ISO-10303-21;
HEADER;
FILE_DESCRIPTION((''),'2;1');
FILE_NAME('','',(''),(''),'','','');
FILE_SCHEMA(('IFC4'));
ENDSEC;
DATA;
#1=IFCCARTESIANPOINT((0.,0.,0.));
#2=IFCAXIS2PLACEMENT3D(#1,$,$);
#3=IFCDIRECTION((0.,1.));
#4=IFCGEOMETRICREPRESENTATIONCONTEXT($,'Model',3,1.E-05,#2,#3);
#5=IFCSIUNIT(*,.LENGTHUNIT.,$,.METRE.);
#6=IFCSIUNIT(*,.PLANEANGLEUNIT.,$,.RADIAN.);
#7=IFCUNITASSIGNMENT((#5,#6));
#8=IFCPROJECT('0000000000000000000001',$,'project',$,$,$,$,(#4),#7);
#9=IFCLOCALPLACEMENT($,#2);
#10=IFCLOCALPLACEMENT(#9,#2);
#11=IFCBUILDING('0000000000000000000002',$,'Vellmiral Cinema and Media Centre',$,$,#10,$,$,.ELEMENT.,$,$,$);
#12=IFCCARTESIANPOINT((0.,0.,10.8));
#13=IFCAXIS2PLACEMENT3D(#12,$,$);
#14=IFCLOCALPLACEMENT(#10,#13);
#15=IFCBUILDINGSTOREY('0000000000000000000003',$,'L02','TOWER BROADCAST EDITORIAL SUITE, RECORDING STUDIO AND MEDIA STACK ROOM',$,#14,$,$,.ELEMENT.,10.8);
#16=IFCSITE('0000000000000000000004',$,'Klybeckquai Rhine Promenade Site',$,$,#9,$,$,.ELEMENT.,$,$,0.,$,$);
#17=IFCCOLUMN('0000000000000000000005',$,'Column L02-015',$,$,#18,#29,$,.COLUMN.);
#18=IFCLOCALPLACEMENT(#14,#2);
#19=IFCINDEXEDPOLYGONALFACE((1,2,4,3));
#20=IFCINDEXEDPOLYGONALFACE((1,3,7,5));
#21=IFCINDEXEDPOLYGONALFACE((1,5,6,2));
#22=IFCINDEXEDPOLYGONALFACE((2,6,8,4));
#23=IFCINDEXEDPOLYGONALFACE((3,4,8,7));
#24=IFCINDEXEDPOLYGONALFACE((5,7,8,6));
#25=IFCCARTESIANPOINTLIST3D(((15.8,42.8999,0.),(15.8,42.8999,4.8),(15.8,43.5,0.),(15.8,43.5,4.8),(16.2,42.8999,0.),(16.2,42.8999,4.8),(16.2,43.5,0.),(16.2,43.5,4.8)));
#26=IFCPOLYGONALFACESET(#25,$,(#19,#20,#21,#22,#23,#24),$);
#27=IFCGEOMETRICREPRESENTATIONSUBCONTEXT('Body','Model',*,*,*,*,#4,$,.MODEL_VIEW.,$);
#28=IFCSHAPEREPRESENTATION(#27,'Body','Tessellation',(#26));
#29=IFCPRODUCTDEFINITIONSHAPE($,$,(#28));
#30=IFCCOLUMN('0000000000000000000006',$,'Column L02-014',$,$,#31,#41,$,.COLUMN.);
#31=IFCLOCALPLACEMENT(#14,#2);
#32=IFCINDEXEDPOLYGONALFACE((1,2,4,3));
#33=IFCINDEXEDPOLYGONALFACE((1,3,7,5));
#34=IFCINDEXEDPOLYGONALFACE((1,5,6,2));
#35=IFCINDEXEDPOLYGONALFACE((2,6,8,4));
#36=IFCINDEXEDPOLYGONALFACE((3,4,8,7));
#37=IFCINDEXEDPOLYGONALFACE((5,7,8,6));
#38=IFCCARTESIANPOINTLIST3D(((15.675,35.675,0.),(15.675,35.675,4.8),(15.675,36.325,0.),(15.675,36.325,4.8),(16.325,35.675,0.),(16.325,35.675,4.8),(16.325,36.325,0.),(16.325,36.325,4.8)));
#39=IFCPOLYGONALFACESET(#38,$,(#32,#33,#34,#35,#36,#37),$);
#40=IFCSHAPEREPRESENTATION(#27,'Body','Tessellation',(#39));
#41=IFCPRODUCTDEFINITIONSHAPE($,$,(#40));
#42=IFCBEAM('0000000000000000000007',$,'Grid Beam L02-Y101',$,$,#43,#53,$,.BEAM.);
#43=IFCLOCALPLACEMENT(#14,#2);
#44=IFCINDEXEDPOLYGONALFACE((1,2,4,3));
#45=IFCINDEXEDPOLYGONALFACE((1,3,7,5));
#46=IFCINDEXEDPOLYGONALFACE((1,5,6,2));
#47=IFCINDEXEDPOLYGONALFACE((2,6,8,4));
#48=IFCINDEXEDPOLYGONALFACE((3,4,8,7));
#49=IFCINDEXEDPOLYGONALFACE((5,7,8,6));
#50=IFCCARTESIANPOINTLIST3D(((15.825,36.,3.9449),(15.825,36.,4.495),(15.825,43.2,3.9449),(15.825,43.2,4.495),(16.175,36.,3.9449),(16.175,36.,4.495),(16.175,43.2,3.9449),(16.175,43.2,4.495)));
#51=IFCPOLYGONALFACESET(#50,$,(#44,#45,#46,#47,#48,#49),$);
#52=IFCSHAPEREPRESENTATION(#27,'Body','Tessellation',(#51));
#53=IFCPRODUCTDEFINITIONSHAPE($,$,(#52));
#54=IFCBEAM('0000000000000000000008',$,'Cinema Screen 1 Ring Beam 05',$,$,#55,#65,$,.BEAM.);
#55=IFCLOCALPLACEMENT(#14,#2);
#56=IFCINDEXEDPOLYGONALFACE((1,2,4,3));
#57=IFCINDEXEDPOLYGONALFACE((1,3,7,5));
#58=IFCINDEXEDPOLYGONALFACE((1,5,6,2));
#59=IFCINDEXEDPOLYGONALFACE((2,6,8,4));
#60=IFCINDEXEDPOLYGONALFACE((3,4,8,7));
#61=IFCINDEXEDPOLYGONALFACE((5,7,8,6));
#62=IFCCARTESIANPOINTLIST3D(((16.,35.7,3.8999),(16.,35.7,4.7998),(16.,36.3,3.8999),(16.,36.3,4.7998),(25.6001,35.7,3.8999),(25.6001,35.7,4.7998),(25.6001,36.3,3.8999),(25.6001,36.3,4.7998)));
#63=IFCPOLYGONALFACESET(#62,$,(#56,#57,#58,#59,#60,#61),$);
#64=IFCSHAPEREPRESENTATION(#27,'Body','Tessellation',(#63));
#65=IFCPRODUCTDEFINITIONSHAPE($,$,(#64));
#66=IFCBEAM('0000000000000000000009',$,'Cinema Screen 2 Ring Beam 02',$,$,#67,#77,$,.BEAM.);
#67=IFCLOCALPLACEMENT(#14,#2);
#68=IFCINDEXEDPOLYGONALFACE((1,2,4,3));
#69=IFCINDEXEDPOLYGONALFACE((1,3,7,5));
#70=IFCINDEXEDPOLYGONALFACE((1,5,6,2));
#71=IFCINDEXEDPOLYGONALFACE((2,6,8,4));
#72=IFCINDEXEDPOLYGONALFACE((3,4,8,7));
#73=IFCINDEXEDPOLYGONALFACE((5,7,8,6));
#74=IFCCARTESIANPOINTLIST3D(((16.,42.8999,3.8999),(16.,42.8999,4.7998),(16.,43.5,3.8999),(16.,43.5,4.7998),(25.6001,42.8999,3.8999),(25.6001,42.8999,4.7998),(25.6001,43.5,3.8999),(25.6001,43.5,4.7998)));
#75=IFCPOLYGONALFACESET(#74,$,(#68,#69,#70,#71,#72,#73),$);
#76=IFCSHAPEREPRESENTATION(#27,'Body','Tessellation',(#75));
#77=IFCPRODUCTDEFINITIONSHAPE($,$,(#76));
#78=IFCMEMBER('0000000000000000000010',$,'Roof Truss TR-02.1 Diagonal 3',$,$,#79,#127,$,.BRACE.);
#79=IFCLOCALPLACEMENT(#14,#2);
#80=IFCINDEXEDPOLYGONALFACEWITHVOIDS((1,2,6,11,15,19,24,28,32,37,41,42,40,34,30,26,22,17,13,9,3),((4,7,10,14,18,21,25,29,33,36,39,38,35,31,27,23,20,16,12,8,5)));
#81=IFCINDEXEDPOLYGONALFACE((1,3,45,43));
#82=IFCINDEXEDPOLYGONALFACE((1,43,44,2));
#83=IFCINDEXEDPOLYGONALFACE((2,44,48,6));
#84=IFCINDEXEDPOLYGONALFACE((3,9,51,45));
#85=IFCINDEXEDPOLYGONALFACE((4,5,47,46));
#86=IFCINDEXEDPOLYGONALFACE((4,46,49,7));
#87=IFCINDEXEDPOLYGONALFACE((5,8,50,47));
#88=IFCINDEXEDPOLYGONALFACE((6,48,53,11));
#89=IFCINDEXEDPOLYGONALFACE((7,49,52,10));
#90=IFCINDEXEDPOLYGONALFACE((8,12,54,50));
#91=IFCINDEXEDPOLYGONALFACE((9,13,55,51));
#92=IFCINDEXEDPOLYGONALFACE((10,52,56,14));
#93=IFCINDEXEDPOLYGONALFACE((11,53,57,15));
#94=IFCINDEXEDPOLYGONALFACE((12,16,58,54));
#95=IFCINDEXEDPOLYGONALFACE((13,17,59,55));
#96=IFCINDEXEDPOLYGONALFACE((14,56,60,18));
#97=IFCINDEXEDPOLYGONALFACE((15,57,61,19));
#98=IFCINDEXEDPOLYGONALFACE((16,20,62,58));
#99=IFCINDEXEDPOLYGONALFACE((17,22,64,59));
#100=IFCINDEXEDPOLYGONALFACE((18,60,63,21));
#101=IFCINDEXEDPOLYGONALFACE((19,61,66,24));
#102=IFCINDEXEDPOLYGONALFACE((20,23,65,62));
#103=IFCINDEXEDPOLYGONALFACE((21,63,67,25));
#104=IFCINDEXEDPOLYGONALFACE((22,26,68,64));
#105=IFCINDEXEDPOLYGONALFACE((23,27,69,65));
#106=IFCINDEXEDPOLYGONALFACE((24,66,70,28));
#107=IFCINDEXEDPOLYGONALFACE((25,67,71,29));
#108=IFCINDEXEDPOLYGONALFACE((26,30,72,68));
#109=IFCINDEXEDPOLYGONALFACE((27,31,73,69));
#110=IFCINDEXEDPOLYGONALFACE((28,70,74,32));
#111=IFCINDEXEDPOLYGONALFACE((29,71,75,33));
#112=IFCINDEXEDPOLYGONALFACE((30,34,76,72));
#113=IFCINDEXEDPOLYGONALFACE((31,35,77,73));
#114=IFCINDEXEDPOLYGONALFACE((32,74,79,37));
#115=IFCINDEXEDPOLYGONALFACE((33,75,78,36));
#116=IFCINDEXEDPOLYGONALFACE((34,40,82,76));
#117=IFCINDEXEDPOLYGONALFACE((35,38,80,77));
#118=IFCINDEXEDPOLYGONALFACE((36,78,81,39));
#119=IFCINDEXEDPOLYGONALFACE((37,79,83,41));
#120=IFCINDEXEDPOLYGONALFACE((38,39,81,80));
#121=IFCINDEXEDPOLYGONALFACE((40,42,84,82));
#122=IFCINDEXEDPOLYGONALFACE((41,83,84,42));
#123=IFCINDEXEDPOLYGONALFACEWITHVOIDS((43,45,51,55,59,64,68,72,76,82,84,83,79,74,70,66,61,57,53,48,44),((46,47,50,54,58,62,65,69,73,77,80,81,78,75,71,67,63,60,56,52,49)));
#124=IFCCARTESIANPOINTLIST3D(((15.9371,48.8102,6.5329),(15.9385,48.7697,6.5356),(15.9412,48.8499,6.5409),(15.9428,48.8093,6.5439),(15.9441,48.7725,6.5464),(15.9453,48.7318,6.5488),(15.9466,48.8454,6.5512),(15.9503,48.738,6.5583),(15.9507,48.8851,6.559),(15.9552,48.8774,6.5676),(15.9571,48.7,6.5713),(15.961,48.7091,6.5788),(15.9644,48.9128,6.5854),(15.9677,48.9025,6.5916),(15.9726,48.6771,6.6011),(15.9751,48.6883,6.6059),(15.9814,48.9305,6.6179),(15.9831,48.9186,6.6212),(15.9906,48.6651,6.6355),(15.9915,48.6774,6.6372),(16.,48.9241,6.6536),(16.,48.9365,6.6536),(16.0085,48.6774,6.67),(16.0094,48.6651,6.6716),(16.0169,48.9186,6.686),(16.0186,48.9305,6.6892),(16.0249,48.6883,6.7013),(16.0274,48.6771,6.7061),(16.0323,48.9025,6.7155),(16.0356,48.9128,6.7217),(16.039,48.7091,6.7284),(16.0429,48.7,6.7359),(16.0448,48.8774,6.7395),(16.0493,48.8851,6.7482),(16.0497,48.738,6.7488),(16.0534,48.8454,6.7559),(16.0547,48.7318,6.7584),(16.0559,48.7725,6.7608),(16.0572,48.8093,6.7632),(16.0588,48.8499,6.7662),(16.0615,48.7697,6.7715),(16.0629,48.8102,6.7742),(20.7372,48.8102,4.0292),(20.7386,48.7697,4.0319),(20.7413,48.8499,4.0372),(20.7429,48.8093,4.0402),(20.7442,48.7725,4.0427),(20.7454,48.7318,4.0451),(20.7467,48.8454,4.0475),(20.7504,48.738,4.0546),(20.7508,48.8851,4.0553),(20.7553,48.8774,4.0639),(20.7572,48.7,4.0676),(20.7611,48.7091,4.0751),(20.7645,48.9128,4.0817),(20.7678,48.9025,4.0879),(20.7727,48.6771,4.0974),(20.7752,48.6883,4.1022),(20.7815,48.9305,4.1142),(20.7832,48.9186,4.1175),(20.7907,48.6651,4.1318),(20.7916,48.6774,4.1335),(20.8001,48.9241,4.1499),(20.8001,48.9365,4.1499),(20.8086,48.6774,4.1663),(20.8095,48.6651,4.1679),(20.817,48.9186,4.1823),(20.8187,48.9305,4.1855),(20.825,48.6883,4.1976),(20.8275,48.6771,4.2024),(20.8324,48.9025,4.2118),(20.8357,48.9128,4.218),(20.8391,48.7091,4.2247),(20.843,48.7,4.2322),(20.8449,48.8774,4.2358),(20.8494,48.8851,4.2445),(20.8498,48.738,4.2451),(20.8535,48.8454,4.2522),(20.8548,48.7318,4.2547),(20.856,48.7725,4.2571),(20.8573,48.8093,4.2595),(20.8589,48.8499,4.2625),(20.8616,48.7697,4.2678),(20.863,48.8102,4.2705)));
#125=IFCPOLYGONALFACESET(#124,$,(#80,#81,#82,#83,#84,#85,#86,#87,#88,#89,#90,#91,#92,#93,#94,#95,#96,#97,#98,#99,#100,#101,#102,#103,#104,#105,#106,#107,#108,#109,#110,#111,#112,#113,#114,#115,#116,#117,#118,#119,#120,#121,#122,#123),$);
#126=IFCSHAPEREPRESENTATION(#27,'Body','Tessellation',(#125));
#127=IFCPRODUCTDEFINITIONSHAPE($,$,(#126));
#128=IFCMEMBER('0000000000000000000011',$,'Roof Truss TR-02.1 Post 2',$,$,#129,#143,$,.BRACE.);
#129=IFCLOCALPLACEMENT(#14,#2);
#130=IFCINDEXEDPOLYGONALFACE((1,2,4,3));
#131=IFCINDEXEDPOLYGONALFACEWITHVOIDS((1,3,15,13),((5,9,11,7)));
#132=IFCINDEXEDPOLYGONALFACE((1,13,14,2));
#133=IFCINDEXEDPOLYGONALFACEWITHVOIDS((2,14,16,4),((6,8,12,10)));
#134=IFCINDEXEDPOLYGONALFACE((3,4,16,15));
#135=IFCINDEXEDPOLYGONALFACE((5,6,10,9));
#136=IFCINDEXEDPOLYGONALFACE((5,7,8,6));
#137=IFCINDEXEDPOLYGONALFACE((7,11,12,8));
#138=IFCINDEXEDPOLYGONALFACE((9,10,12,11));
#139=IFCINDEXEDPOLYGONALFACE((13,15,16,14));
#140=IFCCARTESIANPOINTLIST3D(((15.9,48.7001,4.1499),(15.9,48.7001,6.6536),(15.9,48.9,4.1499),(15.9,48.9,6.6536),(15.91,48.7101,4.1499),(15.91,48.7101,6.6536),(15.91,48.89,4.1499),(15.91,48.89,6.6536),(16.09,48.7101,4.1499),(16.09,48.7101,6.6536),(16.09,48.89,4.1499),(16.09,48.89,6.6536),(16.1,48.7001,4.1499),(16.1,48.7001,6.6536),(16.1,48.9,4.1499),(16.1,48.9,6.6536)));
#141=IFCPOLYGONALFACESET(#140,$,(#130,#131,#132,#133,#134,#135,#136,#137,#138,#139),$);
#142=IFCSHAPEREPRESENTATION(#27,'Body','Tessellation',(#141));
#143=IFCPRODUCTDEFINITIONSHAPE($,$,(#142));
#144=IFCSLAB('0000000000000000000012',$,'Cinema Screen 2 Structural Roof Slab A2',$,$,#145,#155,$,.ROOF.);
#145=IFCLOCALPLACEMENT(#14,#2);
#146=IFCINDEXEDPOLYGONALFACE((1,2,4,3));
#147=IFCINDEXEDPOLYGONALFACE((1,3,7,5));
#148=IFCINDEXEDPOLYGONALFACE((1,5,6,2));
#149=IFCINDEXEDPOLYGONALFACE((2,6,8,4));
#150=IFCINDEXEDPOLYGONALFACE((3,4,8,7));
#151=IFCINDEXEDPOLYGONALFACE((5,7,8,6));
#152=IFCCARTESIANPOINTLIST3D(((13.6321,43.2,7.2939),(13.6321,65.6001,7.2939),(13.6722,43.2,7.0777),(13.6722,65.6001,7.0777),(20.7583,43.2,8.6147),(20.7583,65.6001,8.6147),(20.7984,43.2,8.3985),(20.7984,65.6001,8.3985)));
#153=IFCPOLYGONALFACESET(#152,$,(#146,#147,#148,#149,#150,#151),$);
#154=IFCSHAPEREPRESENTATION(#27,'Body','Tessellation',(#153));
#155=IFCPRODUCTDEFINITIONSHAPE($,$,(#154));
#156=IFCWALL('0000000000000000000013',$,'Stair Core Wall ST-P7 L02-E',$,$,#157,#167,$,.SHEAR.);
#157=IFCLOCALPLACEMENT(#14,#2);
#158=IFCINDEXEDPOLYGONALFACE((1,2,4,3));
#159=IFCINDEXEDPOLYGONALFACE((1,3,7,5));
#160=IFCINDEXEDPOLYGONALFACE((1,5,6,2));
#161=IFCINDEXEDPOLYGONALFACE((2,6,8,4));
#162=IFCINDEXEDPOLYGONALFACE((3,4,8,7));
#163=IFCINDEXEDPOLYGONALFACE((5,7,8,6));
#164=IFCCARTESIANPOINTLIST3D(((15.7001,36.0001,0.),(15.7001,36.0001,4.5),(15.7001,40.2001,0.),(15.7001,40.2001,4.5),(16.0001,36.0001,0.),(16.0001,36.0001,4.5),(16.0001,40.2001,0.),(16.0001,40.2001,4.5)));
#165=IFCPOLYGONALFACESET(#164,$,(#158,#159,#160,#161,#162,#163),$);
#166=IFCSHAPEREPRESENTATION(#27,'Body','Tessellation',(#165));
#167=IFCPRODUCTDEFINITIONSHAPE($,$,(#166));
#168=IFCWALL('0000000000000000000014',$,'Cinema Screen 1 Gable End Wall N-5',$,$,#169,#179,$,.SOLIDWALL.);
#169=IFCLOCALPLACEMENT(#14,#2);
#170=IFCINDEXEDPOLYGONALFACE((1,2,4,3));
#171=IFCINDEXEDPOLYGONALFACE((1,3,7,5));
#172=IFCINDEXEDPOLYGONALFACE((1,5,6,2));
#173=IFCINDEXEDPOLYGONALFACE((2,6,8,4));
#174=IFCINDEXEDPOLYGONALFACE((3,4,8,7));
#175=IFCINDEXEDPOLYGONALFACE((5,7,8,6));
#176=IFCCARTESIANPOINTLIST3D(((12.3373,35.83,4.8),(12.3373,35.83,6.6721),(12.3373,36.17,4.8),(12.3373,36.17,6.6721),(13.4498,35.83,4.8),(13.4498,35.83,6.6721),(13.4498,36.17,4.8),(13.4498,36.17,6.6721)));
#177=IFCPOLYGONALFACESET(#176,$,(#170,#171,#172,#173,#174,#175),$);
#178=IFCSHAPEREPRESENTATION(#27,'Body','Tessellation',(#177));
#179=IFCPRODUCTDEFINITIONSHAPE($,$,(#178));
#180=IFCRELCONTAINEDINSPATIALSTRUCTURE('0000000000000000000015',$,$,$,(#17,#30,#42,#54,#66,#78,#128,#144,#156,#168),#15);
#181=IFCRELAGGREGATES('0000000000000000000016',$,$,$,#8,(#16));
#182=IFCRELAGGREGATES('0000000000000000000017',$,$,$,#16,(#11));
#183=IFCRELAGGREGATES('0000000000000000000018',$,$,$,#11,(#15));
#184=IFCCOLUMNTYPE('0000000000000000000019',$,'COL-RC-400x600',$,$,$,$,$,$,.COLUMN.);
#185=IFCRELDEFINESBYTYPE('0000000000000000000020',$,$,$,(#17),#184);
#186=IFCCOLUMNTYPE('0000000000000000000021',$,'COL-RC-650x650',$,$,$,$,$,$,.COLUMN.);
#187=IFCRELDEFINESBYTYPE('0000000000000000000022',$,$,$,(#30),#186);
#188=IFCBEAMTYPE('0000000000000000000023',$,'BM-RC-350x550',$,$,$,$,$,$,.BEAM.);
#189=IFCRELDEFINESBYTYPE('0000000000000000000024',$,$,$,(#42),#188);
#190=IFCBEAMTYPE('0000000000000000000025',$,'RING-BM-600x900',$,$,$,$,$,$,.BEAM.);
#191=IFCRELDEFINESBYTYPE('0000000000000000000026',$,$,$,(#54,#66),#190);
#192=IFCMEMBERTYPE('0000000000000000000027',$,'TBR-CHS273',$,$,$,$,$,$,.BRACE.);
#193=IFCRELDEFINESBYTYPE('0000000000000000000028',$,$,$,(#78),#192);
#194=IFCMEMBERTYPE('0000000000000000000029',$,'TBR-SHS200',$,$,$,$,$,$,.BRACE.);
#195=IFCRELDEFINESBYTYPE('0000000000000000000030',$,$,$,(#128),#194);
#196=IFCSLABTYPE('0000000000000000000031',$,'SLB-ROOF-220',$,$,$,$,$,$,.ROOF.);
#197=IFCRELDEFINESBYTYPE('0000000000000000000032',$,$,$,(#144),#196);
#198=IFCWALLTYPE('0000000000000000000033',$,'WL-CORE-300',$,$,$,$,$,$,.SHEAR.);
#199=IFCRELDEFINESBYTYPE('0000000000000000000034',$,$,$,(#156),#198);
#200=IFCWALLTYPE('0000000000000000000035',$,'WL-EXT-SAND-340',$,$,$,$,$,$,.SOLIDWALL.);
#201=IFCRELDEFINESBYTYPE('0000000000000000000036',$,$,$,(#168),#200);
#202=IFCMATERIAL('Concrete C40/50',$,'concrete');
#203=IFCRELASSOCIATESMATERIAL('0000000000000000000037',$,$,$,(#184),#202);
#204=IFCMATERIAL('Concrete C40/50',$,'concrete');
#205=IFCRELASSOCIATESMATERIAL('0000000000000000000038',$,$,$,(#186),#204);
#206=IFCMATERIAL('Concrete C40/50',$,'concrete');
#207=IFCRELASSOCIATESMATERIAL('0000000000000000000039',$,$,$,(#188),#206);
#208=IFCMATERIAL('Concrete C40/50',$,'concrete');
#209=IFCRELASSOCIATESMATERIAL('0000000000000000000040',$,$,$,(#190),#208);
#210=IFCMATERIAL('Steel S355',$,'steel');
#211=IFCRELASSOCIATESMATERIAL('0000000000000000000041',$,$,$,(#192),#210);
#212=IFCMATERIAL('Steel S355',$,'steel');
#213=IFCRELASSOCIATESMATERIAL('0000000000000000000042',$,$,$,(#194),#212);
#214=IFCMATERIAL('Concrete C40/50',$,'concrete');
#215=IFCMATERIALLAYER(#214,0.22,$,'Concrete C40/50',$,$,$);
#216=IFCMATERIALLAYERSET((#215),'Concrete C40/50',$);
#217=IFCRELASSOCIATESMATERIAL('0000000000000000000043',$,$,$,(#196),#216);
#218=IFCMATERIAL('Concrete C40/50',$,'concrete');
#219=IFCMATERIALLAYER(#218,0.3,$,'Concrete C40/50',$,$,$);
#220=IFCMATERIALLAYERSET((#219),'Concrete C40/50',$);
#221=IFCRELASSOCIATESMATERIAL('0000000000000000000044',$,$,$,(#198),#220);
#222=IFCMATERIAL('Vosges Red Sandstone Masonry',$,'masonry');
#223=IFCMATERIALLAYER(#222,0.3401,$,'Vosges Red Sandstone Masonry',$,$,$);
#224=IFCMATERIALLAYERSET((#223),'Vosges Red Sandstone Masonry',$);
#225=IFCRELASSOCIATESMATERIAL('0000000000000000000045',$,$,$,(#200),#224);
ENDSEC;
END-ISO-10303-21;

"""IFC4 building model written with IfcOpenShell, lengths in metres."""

from ifc_helpers import new_model, si_unit, direction, frame, frame_2d, origin, origin_2d, place, context, subcontext, project, spatial, polyline, rectangle, hollow_rectangle, hollow_circle, outline, extrude, material, layer, layer_set, material_profile, profile_set, type_object, element, save


model = new_model("IFC4")

# Units and contexts
model_context = context("Model", 3, precision=1e-05, world=origin(), true_north=direction((0.0, 1.0)))
body_context = subcontext(model_context, "Body", "Model", "MODEL_VIEW")
ifc_project = project(units=[si_unit("LENGTHUNIT", "METRE"), si_unit("PLANEANGLEUNIT", "RADIAN")], contexts=[model_context])

# Site, building, storey
site_placement = place(None, origin())
site = spatial("IfcSite", under=ifc_project, at=site_placement, Name="Klybeckquai Rhine Promenade Site", CompositionType="ELEMENT", RefElevation=0.0)
building_placement = place(site_placement, origin())
building = spatial("IfcBuilding", under=site, at=building_placement, Name="Vellmiral Cinema and Media Centre", CompositionType="ELEMENT")
storey_placement = place(building_placement, frame((0.0, 0.0, 10.8)))
storey = spatial("IfcBuildingStorey", under=building, at=storey_placement, Name="L02", Description="TOWER BROADCAST EDITORIAL SUITE, RECORDING STUDIO AND MEDIA STACK ROOM", CompositionType="ELEMENT", Elevation=10.8)

# Columns
ifc_material_1 = material(Name="Concrete C40/50", Category="concrete")
ifc_material_profile_1 = material_profile(ifc_material_1, rectangle(XDim=0.3999, YDim=0.6001, at=origin_2d()), Name="RC 400x600")
ifc_profile_set_1 = profile_set([ifc_material_profile_1], Name="Concrete C40/50")
column_type_1 = type_object("IfcColumnType", Name="COL-RC-400x600", PredefinedType="COLUMN", material=ifc_profile_set_1)
column_1_placement = place(storey_placement, frame((16.0, 43.2, 0.0), z_axis=(0.0, 0.0, 1.0), x_axis=(1.0, 0.0, 0.0)))
element("IfcColumn", 1, at=column_1_placement, inside=storey, type_object=column_type_1, Name="Column L02-015", PredefinedType="COLUMN", context=body_context, shape_type="SweptSolid", body=[
    extrude(rectangle(XDim=0.3999, YDim=0.6001, at=origin_2d()), origin(), (0.0, 0.0, 1.0), 4.8),
])
ifc_material_2 = material(Name="Concrete C40/50", Category="concrete")
ifc_material_profile_2 = material_profile(ifc_material_2, rectangle(XDim=0.6499, YDim=0.6499, at=origin_2d()), Name="RC 650x650")
ifc_profile_set_2 = profile_set([ifc_material_profile_2], Name="Concrete C40/50")
column_type_2 = type_object("IfcColumnType", Name="COL-RC-650x650", PredefinedType="COLUMN", material=ifc_profile_set_2)
column_2_placement = place(storey_placement, frame((16.0, 36.0, 0.0), z_axis=(0.0, 0.0, 1.0), x_axis=(1.0, 0.0, 0.0)))
element("IfcColumn", 2, at=column_2_placement, inside=storey, type_object=column_type_2, Name="Column L02-014", PredefinedType="COLUMN", context=body_context, shape_type="SweptSolid", body=[
    extrude(rectangle(XDim=0.6499, YDim=0.6499, at=origin_2d()), origin(), (0.0, 0.0, 1.0), 4.8),
])

# Beams
ifc_material_3 = material(Name="Concrete C40/50", Category="concrete")
ifc_material_profile_3 = material_profile(ifc_material_3, rectangle(XDim=0.3501, YDim=0.55, at=origin_2d()), Name="RC 350x550")
ifc_profile_set_3 = profile_set([ifc_material_profile_3], Name="Concrete C40/50")
beam_type_1 = type_object("IfcBeamType", Name="BM-RC-350x550", PredefinedType="BEAM", material=ifc_profile_set_3)
beam_placement = place(storey_placement, frame((16.0, 36.0, 4.22), z_axis=(0.0, 1.0, 0.0), x_axis=(-1.0, 0.0, 0.0)))
element("IfcBeam", 3, at=beam_placement, inside=storey, type_object=beam_type_1, Name="Grid Beam L02-Y101", PredefinedType="BEAM", context=body_context, shape_type="SweptSolid", body=[
    extrude(rectangle(XDim=0.3501, YDim=0.55, at=origin_2d()), origin(), (0.0, 0.0, 1.0), 7.2),
])
ifc_material_4 = material(Name="Concrete C40/50", Category="concrete")
ifc_material_profile_4 = material_profile(ifc_material_4, rectangle(XDim=0.6001, YDim=0.8999, at=origin_2d()), Name="RC 600x900")
ifc_profile_set_4 = profile_set([ifc_material_profile_4], Name="Concrete C40/50")
beam_type_2 = type_object("IfcBeamType", Name="RING-BM-600x900", PredefinedType="BEAM", material=ifc_profile_set_4)
for number, where, z_axis, x_axis, name in (
    (4, (16.0, 36.0, 4.3499), (1.0, 0.0, 0.0), (0.0, 1.0, 0.0), "Cinema Screen 1 Ring Beam 05"),
    (5, (16.0, 43.2, 4.3499), (1.0, 0.0, 0.0), (0.0, 1.0, 0.0), "Cinema Screen 2 Ring Beam 02"),
):
    element("IfcBeam", number, at=place(storey_placement, frame(where, z_axis=z_axis, x_axis=x_axis)), inside=storey, type_object=beam_type_2, Name=name, PredefinedType="BEAM", context=body_context, shape_type="SweptSolid", body=[
        extrude(rectangle(XDim=0.6001, YDim=0.8999, at=origin_2d()), origin(), (0.0, 0.0, 1.0), 9.6001),
    ])

# Members
ifc_material_5 = material(Name="Steel S355", Category="steel")
ifc_material_profile_5 = material_profile(ifc_material_5, hollow_circle(Radius=0.1365, WallThickness=0.0125, at=origin_2d()), Name="CHS 273.0x12.5")
ifc_profile_set_5 = profile_set([ifc_material_profile_5], Name="Steel S355")
member_type_1 = type_object("IfcMemberType", Name="TBR-CHS273", PredefinedType="BRACE", material=ifc_profile_set_5)
member_1_placement = place(storey_placement, frame((16.0, 48.8, 6.6536), z_axis=(0.886639, 0.0, -0.462463), x_axis=(0.0, 1.0, 0.0)))
element("IfcMember", 6, at=member_1_placement, inside=storey, type_object=member_type_1, Name="Roof Truss TR-02.1 Diagonal 3", PredefinedType="BRACE", context=body_context, shape_type="SweptSolid", body=[
    extrude(hollow_circle(Radius=0.1365, WallThickness=0.0125, at=origin_2d()), origin(), (0.0, 0.0, 1.0), 5.4138),
])
ifc_material_6 = material(Name="Steel S355", Category="steel")
ifc_material_profile_6 = material_profile(ifc_material_6, hollow_rectangle(XDim=0.2, YDim=0.2, WallThickness=0.01, at=origin_2d()), Name="SHS 200x200x10.0")
ifc_profile_set_6 = profile_set([ifc_material_profile_6], Name="Steel S355")
member_type_2 = type_object("IfcMemberType", Name="TBR-SHS200", PredefinedType="BRACE", material=ifc_profile_set_6)
member_2_placement = place(storey_placement, frame((16.0, 48.8, 4.1499), z_axis=(0.0, 0.0, 1.0), x_axis=(1.0, 0.0, 0.0)))
element("IfcMember", 7, at=member_2_placement, inside=storey, type_object=member_type_2, Name="Roof Truss TR-02.1 Post 2", PredefinedType="BRACE", context=body_context, shape_type="SweptSolid", body=[
    extrude(hollow_rectangle(XDim=0.2, YDim=0.2, WallThickness=0.01, at=origin_2d()), origin(), (0.0, 0.0, 1.0), 2.5037),
])

# Slab
ifc_material_7 = material(Name="Concrete C40/50", Category="concrete")
ifc_layer_1 = layer(ifc_material_7, 0.22, Name="Concrete C40/50")
ifc_layer_set_1 = layer_set([ifc_layer_1], Name="Concrete C40/50")
slab_type = type_object("IfcSlabType", Name="SLB-ROOF-220", PredefinedType="ROOF", material=ifc_layer_set_1)
slab_placement = place(storey_placement, frame((13.6321, 43.2, 7.2939), z_axis=(-0.18224, 0.0, 0.983254), x_axis=(0.983254, 0.0, 0.18224)))
element("IfcSlab", 8, at=slab_placement, inside=storey, type_object=slab_type, Name="Cinema Screen 2 Structural Roof Slab A2", PredefinedType="ROOF", context=body_context, shape_type="SweptSolid", body=[
    extrude(outline(polyline([(0.0, 0.0), (7.2476, 0.0), (7.2476, 22.4001), (0.0, 22.4001), (0.0, 0.0)])), origin(), (0.0, 0.0, -1.0), 0.22),
])

# Walls
ifc_material_8 = material(Name="Concrete C40/50", Category="concrete")
ifc_layer_2 = layer(ifc_material_8, 0.3, Name="Concrete C40/50")
ifc_layer_set_2 = layer_set([ifc_layer_2], Name="Concrete C40/50")
wall_type_1 = type_object("IfcWallType", Name="WL-CORE-300", PredefinedType="SHEAR", material=ifc_layer_set_2)
wall_1_placement = place(storey_placement, frame((15.8501, 36.0, 0.0), z_axis=(0.0, 0.0, 1.0), x_axis=(0.0, 1.0, 0.0)))
element("IfcWall", 9, at=wall_1_placement, inside=storey, type_object=wall_type_1, Name="Stair Core Wall ST-P7 L02-E", PredefinedType="SHEAR", context=body_context, shape_type="SweptSolid", body=[
    extrude(rectangle(XDim=4.2, YDim=0.3, at=frame_2d((2.1001, 0.0))), origin(), (0.0, 0.0, 1.0), 4.5),
])
ifc_material_9 = material(Name="Vosges Red Sandstone Masonry", Category="masonry")
ifc_layer_3 = layer(ifc_material_9, 0.3401, Name="Vosges Red Sandstone Masonry")
ifc_layer_set_3 = layer_set([ifc_layer_3], Name="Vosges Red Sandstone Masonry")
wall_type_2 = type_object("IfcWallType", Name="WL-EXT-SAND-340", PredefinedType="SOLIDWALL", material=ifc_layer_set_3)
wall_2_placement = place(storey_placement, frame((12.3374, 36.0, 4.8), z_axis=(0.0, 0.0, 1.0), x_axis=(1.0, 0.0, 0.0)))
element("IfcWall", 10, at=wall_2_placement, inside=storey, type_object=wall_type_2, Name="Cinema Screen 1 Gable End Wall N-5", PredefinedType="SOLIDWALL", context=body_context, shape_type="SweptSolid", body=[
    extrude(rectangle(XDim=1.1125, YDim=0.3401, at=frame_2d((0.5562, 0.0))), origin(), (0.0, 0.0, 1.0), 1.8721),
])

save(model, "model.ifc")
